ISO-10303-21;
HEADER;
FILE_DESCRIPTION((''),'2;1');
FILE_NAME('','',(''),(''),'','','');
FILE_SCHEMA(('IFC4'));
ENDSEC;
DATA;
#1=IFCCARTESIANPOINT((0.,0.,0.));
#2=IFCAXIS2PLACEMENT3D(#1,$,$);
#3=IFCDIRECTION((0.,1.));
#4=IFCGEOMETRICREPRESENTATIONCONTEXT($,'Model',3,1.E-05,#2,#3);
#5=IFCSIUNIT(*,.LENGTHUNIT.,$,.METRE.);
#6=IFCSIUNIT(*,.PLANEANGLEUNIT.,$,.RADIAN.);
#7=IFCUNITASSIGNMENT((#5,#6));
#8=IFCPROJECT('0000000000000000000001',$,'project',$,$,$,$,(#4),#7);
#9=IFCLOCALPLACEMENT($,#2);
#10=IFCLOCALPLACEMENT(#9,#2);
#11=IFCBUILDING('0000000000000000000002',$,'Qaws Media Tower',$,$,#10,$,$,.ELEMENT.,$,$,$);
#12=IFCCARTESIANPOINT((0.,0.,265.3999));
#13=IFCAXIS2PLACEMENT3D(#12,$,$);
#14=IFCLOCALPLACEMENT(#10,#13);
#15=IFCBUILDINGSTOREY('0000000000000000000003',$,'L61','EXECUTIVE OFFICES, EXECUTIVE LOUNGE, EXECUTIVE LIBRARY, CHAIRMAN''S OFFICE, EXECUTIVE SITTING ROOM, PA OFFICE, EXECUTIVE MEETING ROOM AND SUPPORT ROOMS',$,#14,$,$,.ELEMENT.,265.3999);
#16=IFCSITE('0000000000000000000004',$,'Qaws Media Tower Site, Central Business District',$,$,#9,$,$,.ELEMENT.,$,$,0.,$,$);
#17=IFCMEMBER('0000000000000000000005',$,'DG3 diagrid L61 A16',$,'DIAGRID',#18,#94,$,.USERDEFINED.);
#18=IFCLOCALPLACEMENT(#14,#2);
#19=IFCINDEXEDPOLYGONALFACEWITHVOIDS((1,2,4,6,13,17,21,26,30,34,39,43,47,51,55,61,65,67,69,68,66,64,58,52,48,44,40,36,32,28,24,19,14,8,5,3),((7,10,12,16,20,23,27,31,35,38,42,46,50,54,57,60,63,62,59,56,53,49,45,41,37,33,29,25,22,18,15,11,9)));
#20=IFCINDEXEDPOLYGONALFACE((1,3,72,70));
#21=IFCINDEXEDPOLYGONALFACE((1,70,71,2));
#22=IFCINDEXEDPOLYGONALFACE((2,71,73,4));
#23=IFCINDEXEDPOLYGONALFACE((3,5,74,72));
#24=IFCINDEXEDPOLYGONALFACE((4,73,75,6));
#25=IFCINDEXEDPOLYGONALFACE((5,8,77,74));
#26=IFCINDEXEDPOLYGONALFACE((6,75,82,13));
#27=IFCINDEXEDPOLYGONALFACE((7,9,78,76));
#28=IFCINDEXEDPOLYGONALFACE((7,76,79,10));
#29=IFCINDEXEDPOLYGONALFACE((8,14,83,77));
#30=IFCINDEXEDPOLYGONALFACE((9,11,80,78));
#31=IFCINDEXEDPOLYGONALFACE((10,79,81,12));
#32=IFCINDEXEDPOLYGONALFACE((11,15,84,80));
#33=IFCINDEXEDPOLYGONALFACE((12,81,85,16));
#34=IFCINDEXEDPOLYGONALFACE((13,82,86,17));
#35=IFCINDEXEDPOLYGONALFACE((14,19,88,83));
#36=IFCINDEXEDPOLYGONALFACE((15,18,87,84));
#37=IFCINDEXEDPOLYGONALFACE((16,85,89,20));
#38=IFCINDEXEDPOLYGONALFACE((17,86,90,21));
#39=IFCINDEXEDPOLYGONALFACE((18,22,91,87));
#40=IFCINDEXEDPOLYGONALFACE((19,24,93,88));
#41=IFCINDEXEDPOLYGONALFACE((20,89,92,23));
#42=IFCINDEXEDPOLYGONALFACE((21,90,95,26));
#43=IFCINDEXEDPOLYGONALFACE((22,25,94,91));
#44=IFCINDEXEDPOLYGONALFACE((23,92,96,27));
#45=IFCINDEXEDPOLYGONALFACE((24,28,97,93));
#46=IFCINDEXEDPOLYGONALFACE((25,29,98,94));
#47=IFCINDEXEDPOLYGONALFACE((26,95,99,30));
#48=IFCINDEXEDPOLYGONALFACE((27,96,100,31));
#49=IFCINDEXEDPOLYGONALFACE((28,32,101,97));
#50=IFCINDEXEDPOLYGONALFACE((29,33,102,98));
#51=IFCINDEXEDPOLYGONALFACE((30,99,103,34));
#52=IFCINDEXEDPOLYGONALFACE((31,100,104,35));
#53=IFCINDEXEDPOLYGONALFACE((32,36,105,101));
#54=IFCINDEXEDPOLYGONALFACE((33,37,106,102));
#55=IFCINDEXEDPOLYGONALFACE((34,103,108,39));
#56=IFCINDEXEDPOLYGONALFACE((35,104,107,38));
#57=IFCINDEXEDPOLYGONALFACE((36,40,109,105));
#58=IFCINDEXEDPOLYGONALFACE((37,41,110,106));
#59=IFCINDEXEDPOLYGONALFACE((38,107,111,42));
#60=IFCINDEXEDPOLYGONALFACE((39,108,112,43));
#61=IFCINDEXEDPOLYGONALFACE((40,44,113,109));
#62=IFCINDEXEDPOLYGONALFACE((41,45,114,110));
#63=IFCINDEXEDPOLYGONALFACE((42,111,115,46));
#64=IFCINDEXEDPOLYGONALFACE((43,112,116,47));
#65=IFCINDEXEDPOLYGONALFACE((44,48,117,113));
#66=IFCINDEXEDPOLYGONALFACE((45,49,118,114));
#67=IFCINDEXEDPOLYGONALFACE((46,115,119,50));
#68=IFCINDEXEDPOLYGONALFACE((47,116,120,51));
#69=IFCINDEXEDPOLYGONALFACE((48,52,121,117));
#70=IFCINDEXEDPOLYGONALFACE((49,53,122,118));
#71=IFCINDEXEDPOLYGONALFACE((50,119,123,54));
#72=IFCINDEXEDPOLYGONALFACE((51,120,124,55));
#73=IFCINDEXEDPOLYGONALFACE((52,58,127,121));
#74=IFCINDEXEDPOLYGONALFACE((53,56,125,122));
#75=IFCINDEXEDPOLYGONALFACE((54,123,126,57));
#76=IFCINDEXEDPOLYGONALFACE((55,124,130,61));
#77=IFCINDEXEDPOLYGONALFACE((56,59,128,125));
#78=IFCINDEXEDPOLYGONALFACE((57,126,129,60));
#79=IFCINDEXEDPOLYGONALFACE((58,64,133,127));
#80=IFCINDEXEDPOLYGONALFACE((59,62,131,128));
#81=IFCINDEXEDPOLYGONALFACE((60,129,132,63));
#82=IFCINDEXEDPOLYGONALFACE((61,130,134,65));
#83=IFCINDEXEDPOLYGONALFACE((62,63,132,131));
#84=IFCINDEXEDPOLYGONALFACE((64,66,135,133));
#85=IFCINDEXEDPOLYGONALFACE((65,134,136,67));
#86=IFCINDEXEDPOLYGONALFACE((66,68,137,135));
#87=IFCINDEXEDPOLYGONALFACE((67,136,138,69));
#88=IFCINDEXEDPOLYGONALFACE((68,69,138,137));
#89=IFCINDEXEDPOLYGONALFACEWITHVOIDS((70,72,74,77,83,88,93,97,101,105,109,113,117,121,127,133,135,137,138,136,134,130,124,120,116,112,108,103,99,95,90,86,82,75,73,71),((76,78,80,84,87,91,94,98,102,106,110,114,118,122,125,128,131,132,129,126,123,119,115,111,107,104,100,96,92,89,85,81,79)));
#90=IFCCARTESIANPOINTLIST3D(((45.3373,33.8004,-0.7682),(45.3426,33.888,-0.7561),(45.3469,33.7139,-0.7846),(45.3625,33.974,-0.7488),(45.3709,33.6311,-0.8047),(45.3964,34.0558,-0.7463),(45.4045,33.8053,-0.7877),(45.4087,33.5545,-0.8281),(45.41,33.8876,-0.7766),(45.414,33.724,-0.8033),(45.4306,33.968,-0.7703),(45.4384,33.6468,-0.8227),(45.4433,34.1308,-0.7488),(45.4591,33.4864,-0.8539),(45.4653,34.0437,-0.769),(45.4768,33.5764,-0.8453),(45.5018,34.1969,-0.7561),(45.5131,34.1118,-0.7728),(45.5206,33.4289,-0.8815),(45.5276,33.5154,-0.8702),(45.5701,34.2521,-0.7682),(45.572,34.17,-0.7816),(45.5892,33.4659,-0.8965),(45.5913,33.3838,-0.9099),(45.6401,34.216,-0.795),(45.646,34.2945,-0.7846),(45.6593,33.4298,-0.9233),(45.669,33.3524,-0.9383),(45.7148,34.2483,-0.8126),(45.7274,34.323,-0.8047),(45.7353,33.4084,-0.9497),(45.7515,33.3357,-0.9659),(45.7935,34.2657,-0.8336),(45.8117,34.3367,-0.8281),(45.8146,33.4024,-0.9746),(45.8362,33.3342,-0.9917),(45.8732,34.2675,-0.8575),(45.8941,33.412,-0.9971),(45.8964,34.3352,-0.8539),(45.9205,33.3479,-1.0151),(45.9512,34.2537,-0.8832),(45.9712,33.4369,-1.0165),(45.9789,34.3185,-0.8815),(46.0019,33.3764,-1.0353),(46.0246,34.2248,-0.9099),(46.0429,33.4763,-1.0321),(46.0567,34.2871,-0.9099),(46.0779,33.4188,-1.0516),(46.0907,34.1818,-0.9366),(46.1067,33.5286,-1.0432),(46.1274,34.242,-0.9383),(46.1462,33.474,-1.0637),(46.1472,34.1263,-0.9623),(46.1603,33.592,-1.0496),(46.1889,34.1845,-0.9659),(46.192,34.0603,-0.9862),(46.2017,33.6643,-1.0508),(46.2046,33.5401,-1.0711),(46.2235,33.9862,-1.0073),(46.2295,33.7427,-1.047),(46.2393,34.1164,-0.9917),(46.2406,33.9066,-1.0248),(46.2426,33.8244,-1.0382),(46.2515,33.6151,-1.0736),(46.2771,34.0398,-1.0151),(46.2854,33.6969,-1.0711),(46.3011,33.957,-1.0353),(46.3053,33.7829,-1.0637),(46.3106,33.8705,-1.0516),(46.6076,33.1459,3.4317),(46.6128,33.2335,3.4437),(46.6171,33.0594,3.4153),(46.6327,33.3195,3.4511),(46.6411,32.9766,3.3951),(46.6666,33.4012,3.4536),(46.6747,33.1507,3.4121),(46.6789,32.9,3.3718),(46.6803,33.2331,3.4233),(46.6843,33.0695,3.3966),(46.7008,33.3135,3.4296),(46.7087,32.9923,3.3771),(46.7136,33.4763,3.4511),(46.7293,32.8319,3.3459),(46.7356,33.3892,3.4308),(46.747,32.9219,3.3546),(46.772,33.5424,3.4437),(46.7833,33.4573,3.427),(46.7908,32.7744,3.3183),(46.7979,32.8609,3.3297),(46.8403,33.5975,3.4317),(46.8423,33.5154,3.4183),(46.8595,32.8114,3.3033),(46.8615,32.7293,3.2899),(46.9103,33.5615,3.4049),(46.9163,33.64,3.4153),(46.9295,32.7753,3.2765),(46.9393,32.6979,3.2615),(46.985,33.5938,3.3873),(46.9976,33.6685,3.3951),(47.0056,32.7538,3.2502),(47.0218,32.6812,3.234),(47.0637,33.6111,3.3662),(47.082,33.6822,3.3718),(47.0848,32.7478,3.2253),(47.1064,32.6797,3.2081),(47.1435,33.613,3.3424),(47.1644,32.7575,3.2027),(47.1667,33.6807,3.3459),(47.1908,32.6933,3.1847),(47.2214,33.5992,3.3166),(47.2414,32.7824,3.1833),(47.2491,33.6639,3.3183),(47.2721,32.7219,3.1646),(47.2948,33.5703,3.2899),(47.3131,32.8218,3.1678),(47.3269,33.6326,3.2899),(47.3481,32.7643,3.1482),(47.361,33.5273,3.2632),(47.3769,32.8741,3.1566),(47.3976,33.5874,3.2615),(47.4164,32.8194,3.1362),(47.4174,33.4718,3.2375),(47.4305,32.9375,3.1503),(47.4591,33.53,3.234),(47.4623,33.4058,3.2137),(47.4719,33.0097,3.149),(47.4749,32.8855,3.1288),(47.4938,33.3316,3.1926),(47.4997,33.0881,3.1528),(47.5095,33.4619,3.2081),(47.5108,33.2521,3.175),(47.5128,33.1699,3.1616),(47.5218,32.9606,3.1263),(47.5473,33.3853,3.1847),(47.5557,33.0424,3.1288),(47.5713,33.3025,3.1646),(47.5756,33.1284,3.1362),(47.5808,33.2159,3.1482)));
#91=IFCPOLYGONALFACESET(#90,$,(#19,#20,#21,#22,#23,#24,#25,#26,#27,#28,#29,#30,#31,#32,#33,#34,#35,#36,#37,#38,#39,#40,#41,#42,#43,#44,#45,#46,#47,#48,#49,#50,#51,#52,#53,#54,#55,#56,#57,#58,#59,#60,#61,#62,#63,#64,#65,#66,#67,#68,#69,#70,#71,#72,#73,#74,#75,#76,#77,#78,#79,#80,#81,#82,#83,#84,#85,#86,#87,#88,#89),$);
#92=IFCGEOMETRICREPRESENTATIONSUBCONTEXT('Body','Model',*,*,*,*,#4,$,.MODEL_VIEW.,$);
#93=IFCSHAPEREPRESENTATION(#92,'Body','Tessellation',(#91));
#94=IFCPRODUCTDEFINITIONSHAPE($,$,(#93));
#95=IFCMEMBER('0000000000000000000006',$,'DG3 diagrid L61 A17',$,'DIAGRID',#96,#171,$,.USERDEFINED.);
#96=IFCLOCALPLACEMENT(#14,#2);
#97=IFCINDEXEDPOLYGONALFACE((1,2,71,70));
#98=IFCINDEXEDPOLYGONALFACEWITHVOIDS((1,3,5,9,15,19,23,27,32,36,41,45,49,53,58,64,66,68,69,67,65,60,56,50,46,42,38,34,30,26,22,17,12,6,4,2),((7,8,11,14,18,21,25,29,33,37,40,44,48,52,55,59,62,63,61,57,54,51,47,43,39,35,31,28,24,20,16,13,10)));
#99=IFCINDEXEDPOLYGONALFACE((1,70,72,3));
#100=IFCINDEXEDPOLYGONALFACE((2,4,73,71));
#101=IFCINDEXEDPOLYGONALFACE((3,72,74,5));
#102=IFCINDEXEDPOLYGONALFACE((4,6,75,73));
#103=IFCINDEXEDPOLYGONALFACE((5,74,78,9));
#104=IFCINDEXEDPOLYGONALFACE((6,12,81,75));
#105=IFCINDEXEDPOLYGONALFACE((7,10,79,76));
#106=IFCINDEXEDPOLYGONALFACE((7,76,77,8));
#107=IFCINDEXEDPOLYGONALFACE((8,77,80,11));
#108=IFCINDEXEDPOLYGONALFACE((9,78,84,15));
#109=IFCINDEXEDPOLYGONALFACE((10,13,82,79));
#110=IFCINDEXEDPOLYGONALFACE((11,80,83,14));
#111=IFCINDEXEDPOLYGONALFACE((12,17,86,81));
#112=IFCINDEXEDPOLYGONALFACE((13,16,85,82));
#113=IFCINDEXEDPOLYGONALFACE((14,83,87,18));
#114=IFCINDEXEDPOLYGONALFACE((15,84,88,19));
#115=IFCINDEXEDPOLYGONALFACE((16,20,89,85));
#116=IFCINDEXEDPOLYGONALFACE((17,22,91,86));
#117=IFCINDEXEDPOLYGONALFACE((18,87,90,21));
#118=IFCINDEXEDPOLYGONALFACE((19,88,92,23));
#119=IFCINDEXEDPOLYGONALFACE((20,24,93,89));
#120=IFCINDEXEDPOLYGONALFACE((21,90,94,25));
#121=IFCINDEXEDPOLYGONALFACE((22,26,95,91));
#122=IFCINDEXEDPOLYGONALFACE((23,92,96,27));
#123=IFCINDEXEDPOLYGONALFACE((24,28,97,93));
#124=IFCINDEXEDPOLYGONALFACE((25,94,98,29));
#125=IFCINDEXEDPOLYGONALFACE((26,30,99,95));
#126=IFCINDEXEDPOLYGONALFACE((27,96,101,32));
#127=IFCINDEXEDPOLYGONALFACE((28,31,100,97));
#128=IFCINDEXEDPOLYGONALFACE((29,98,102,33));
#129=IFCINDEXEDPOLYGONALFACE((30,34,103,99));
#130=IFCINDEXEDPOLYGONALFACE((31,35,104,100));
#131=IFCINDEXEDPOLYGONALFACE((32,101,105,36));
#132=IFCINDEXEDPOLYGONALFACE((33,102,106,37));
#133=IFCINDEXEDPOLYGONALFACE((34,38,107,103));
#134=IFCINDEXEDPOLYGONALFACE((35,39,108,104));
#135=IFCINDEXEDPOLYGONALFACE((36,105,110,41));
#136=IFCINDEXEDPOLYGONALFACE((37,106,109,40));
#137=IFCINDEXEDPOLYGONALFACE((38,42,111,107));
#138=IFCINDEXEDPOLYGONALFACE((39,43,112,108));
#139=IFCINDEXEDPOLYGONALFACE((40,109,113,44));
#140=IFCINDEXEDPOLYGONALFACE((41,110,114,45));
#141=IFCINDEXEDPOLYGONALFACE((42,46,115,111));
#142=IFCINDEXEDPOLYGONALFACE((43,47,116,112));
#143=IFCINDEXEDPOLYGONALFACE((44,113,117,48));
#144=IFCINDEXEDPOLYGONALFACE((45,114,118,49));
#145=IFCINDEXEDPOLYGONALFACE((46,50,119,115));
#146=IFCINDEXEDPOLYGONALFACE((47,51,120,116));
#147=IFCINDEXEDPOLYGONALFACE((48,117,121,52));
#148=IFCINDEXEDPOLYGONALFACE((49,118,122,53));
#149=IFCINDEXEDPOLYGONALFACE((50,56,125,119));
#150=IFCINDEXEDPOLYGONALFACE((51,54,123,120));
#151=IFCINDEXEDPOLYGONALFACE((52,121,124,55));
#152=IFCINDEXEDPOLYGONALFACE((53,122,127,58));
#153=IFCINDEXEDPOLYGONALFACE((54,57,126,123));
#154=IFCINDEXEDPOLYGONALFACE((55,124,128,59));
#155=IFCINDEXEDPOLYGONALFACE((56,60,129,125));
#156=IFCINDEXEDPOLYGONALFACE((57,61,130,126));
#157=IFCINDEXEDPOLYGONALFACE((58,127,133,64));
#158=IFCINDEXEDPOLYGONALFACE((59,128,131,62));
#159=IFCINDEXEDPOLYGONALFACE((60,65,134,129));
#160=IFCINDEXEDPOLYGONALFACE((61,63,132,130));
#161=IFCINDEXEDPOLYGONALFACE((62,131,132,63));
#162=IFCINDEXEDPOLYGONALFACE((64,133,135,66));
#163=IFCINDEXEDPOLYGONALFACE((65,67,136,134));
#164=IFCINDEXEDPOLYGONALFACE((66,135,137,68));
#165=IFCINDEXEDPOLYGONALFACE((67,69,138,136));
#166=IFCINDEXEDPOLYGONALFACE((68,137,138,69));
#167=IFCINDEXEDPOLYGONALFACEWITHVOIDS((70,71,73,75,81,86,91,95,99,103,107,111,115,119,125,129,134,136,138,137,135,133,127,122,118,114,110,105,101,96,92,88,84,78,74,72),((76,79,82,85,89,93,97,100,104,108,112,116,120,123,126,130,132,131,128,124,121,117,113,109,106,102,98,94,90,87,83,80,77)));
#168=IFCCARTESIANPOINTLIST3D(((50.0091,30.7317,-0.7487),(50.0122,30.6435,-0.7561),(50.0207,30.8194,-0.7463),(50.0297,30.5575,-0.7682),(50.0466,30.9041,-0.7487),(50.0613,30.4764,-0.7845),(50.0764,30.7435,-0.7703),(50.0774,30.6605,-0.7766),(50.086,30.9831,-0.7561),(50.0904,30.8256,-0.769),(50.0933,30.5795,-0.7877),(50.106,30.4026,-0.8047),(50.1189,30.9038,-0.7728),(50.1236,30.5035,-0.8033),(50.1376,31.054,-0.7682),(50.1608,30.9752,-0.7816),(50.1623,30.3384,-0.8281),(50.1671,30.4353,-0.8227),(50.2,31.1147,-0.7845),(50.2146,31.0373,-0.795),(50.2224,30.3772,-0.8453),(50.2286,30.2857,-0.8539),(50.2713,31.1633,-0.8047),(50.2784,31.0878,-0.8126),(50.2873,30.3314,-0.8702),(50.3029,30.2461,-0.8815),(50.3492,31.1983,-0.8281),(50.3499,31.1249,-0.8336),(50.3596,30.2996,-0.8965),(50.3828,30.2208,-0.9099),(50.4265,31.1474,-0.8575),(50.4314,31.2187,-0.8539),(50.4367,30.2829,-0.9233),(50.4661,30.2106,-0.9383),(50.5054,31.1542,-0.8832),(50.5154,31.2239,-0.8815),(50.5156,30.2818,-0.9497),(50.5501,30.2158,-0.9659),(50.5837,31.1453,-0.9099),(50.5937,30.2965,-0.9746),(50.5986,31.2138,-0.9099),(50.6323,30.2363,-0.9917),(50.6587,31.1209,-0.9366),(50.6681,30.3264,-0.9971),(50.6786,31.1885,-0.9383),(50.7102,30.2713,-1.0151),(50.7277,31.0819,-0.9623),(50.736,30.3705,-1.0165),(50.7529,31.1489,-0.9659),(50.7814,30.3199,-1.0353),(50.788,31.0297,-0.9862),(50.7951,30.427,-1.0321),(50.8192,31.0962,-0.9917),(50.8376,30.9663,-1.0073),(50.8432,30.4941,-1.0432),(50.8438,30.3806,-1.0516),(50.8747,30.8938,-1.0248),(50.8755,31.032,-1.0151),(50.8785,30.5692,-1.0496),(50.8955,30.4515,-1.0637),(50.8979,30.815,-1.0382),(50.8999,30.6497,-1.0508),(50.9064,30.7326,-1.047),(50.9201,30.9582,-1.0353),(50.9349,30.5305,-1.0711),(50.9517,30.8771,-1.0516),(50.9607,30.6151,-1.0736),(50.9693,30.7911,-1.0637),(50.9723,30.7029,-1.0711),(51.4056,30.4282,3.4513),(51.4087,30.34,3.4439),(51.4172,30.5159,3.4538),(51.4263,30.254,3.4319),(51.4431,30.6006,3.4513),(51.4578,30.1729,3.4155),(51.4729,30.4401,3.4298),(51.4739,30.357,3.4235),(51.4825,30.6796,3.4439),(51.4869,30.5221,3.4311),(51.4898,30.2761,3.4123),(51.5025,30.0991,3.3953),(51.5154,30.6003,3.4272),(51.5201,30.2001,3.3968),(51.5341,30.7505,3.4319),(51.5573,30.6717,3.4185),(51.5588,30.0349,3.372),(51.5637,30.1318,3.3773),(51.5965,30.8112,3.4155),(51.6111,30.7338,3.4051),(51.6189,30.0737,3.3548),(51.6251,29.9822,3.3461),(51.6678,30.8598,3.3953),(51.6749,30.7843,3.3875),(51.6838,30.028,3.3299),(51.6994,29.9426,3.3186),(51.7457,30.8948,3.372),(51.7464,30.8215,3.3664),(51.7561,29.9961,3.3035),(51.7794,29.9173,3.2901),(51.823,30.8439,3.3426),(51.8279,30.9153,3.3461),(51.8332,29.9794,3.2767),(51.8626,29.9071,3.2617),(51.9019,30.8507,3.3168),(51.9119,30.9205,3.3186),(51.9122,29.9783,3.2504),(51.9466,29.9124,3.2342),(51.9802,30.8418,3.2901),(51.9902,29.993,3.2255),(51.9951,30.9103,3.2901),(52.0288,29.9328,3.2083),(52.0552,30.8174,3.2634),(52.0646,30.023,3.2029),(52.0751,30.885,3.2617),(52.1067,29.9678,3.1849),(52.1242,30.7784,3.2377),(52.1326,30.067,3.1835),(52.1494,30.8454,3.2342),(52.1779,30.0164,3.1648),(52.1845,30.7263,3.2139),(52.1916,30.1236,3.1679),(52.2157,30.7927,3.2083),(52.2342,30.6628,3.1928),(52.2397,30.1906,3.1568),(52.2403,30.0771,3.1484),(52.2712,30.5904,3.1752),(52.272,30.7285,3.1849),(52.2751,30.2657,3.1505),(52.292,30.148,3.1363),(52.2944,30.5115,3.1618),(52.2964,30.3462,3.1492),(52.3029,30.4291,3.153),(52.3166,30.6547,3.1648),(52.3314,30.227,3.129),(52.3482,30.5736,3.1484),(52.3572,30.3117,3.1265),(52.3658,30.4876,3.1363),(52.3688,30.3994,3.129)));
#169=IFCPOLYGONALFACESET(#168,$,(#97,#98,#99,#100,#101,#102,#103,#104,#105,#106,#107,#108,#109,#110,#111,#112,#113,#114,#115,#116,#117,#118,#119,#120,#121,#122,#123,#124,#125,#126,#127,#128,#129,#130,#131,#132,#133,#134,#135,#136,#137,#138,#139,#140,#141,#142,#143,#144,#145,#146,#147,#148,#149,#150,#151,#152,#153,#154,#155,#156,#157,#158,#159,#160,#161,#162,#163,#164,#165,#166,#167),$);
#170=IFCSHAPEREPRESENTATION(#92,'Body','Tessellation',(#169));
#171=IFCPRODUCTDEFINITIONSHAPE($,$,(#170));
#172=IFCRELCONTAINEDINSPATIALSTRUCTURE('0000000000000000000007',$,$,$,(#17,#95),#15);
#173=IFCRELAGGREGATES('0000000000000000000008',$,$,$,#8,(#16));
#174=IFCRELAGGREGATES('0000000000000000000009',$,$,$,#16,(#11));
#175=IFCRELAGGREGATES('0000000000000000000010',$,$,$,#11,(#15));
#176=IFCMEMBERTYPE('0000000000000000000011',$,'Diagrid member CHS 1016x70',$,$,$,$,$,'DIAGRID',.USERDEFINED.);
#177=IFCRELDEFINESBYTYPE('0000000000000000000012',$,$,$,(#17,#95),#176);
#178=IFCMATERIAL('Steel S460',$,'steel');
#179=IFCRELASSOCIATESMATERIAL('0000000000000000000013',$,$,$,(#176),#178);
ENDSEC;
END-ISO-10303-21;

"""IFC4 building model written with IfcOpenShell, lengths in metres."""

from ifc_helpers import new_model, si_unit, direction, frame, origin, origin_2d, place, context, subcontext, project, spatial, hollow_circle, extrude, material, material_profile, profile_set, type_object, element, save


model = new_model("IFC4")

# Units and contexts
model_context = context("Model", 3, precision=1e-05, world=origin(), true_north=direction((0.0, 1.0)))
body_context = subcontext(model_context, "Body", "Model", "MODEL_VIEW")
ifc_project = project(units=[si_unit("LENGTHUNIT", "METRE"), si_unit("PLANEANGLEUNIT", "RADIAN")], contexts=[model_context])

# Site, building, storey
site_placement = place(None, origin())
site = spatial("IfcSite", under=ifc_project, at=site_placement, Name="Qaws Media Tower Site, Central Business District", CompositionType="ELEMENT", RefElevation=0.0)
building_placement = place(site_placement, origin())
building = spatial("IfcBuilding", under=site, at=building_placement, Name="Qaws Media Tower", CompositionType="ELEMENT")
storey_placement = place(building_placement, frame((0.0, 0.0, 265.3999)))
storey = spatial("IfcBuildingStorey", under=building, at=storey_placement, Name="L61", Description="EXECUTIVE OFFICES, EXECUTIVE LOUNGE, EXECUTIVE LIBRARY, CHAIRMAN'S OFFICE, EXECUTIVE SITTING ROOM, PA OFFICE, EXECUTIVE MEETING ROOM AND SUPPORT ROOMS", CompositionType="ELEMENT", Elevation=265.3999)

# Members
ifc_material_1 = material(Name="Steel S460", Category="steel")
ifc_material_profile_1 = material_profile(ifc_material_1, hollow_circle(Radius=0.5081, WallThickness=0.0701, at=origin_2d()), Name="CHS 1016x70")
ifc_profile_set_1 = profile_set([ifc_material_profile_1], Name="Steel S460")
member_type_1 = type_object("IfcMemberType", Name="Diagrid member CHS 1016x70", ElementType="DIAGRID", PredefinedType="USERDEFINED", material=ifc_profile_set_1)
member_1_placement = place(storey_placement, frame((45.824, 33.8354, -0.9099), z_axis=(0.286328, -0.147539, 0.946704), x_axis=(0.458047, 0.888928, 0.0)))
element("IfcMember", 1, at=member_1_placement, inside=storey, type_object=member_type_1, Name="DG3 diagrid L61 A16", ObjectType="DIAGRID", PredefinedType="USERDEFINED", context=body_context, shape_type="SweptSolid", body=[
    extrude(hollow_circle(Radius=0.5081, WallThickness=0.0701, at=origin_2d()), origin(), (0.0, 0.0, 1.0), 4.4363),
])
member_2_placement = place(storey_placement, frame((50.4907, 30.7173, -0.9099), z_axis=(0.314777, -0.068403, 0.946698), x_axis=(0.212352, 0.977193, 0.0)))
element("IfcMember", 2, at=member_2_placement, inside=storey, type_object=member_type_1, Name="DG3 diagrid L61 A17", ObjectType="DIAGRID", PredefinedType="USERDEFINED", context=body_context, shape_type="SweptSolid", body=[
    extrude(hollow_circle(Radius=0.5081, WallThickness=0.0701, at=origin_2d()), origin(), (0.0, 0.0, 1.0), 4.4365),
])

save(model, "model.ifc")
